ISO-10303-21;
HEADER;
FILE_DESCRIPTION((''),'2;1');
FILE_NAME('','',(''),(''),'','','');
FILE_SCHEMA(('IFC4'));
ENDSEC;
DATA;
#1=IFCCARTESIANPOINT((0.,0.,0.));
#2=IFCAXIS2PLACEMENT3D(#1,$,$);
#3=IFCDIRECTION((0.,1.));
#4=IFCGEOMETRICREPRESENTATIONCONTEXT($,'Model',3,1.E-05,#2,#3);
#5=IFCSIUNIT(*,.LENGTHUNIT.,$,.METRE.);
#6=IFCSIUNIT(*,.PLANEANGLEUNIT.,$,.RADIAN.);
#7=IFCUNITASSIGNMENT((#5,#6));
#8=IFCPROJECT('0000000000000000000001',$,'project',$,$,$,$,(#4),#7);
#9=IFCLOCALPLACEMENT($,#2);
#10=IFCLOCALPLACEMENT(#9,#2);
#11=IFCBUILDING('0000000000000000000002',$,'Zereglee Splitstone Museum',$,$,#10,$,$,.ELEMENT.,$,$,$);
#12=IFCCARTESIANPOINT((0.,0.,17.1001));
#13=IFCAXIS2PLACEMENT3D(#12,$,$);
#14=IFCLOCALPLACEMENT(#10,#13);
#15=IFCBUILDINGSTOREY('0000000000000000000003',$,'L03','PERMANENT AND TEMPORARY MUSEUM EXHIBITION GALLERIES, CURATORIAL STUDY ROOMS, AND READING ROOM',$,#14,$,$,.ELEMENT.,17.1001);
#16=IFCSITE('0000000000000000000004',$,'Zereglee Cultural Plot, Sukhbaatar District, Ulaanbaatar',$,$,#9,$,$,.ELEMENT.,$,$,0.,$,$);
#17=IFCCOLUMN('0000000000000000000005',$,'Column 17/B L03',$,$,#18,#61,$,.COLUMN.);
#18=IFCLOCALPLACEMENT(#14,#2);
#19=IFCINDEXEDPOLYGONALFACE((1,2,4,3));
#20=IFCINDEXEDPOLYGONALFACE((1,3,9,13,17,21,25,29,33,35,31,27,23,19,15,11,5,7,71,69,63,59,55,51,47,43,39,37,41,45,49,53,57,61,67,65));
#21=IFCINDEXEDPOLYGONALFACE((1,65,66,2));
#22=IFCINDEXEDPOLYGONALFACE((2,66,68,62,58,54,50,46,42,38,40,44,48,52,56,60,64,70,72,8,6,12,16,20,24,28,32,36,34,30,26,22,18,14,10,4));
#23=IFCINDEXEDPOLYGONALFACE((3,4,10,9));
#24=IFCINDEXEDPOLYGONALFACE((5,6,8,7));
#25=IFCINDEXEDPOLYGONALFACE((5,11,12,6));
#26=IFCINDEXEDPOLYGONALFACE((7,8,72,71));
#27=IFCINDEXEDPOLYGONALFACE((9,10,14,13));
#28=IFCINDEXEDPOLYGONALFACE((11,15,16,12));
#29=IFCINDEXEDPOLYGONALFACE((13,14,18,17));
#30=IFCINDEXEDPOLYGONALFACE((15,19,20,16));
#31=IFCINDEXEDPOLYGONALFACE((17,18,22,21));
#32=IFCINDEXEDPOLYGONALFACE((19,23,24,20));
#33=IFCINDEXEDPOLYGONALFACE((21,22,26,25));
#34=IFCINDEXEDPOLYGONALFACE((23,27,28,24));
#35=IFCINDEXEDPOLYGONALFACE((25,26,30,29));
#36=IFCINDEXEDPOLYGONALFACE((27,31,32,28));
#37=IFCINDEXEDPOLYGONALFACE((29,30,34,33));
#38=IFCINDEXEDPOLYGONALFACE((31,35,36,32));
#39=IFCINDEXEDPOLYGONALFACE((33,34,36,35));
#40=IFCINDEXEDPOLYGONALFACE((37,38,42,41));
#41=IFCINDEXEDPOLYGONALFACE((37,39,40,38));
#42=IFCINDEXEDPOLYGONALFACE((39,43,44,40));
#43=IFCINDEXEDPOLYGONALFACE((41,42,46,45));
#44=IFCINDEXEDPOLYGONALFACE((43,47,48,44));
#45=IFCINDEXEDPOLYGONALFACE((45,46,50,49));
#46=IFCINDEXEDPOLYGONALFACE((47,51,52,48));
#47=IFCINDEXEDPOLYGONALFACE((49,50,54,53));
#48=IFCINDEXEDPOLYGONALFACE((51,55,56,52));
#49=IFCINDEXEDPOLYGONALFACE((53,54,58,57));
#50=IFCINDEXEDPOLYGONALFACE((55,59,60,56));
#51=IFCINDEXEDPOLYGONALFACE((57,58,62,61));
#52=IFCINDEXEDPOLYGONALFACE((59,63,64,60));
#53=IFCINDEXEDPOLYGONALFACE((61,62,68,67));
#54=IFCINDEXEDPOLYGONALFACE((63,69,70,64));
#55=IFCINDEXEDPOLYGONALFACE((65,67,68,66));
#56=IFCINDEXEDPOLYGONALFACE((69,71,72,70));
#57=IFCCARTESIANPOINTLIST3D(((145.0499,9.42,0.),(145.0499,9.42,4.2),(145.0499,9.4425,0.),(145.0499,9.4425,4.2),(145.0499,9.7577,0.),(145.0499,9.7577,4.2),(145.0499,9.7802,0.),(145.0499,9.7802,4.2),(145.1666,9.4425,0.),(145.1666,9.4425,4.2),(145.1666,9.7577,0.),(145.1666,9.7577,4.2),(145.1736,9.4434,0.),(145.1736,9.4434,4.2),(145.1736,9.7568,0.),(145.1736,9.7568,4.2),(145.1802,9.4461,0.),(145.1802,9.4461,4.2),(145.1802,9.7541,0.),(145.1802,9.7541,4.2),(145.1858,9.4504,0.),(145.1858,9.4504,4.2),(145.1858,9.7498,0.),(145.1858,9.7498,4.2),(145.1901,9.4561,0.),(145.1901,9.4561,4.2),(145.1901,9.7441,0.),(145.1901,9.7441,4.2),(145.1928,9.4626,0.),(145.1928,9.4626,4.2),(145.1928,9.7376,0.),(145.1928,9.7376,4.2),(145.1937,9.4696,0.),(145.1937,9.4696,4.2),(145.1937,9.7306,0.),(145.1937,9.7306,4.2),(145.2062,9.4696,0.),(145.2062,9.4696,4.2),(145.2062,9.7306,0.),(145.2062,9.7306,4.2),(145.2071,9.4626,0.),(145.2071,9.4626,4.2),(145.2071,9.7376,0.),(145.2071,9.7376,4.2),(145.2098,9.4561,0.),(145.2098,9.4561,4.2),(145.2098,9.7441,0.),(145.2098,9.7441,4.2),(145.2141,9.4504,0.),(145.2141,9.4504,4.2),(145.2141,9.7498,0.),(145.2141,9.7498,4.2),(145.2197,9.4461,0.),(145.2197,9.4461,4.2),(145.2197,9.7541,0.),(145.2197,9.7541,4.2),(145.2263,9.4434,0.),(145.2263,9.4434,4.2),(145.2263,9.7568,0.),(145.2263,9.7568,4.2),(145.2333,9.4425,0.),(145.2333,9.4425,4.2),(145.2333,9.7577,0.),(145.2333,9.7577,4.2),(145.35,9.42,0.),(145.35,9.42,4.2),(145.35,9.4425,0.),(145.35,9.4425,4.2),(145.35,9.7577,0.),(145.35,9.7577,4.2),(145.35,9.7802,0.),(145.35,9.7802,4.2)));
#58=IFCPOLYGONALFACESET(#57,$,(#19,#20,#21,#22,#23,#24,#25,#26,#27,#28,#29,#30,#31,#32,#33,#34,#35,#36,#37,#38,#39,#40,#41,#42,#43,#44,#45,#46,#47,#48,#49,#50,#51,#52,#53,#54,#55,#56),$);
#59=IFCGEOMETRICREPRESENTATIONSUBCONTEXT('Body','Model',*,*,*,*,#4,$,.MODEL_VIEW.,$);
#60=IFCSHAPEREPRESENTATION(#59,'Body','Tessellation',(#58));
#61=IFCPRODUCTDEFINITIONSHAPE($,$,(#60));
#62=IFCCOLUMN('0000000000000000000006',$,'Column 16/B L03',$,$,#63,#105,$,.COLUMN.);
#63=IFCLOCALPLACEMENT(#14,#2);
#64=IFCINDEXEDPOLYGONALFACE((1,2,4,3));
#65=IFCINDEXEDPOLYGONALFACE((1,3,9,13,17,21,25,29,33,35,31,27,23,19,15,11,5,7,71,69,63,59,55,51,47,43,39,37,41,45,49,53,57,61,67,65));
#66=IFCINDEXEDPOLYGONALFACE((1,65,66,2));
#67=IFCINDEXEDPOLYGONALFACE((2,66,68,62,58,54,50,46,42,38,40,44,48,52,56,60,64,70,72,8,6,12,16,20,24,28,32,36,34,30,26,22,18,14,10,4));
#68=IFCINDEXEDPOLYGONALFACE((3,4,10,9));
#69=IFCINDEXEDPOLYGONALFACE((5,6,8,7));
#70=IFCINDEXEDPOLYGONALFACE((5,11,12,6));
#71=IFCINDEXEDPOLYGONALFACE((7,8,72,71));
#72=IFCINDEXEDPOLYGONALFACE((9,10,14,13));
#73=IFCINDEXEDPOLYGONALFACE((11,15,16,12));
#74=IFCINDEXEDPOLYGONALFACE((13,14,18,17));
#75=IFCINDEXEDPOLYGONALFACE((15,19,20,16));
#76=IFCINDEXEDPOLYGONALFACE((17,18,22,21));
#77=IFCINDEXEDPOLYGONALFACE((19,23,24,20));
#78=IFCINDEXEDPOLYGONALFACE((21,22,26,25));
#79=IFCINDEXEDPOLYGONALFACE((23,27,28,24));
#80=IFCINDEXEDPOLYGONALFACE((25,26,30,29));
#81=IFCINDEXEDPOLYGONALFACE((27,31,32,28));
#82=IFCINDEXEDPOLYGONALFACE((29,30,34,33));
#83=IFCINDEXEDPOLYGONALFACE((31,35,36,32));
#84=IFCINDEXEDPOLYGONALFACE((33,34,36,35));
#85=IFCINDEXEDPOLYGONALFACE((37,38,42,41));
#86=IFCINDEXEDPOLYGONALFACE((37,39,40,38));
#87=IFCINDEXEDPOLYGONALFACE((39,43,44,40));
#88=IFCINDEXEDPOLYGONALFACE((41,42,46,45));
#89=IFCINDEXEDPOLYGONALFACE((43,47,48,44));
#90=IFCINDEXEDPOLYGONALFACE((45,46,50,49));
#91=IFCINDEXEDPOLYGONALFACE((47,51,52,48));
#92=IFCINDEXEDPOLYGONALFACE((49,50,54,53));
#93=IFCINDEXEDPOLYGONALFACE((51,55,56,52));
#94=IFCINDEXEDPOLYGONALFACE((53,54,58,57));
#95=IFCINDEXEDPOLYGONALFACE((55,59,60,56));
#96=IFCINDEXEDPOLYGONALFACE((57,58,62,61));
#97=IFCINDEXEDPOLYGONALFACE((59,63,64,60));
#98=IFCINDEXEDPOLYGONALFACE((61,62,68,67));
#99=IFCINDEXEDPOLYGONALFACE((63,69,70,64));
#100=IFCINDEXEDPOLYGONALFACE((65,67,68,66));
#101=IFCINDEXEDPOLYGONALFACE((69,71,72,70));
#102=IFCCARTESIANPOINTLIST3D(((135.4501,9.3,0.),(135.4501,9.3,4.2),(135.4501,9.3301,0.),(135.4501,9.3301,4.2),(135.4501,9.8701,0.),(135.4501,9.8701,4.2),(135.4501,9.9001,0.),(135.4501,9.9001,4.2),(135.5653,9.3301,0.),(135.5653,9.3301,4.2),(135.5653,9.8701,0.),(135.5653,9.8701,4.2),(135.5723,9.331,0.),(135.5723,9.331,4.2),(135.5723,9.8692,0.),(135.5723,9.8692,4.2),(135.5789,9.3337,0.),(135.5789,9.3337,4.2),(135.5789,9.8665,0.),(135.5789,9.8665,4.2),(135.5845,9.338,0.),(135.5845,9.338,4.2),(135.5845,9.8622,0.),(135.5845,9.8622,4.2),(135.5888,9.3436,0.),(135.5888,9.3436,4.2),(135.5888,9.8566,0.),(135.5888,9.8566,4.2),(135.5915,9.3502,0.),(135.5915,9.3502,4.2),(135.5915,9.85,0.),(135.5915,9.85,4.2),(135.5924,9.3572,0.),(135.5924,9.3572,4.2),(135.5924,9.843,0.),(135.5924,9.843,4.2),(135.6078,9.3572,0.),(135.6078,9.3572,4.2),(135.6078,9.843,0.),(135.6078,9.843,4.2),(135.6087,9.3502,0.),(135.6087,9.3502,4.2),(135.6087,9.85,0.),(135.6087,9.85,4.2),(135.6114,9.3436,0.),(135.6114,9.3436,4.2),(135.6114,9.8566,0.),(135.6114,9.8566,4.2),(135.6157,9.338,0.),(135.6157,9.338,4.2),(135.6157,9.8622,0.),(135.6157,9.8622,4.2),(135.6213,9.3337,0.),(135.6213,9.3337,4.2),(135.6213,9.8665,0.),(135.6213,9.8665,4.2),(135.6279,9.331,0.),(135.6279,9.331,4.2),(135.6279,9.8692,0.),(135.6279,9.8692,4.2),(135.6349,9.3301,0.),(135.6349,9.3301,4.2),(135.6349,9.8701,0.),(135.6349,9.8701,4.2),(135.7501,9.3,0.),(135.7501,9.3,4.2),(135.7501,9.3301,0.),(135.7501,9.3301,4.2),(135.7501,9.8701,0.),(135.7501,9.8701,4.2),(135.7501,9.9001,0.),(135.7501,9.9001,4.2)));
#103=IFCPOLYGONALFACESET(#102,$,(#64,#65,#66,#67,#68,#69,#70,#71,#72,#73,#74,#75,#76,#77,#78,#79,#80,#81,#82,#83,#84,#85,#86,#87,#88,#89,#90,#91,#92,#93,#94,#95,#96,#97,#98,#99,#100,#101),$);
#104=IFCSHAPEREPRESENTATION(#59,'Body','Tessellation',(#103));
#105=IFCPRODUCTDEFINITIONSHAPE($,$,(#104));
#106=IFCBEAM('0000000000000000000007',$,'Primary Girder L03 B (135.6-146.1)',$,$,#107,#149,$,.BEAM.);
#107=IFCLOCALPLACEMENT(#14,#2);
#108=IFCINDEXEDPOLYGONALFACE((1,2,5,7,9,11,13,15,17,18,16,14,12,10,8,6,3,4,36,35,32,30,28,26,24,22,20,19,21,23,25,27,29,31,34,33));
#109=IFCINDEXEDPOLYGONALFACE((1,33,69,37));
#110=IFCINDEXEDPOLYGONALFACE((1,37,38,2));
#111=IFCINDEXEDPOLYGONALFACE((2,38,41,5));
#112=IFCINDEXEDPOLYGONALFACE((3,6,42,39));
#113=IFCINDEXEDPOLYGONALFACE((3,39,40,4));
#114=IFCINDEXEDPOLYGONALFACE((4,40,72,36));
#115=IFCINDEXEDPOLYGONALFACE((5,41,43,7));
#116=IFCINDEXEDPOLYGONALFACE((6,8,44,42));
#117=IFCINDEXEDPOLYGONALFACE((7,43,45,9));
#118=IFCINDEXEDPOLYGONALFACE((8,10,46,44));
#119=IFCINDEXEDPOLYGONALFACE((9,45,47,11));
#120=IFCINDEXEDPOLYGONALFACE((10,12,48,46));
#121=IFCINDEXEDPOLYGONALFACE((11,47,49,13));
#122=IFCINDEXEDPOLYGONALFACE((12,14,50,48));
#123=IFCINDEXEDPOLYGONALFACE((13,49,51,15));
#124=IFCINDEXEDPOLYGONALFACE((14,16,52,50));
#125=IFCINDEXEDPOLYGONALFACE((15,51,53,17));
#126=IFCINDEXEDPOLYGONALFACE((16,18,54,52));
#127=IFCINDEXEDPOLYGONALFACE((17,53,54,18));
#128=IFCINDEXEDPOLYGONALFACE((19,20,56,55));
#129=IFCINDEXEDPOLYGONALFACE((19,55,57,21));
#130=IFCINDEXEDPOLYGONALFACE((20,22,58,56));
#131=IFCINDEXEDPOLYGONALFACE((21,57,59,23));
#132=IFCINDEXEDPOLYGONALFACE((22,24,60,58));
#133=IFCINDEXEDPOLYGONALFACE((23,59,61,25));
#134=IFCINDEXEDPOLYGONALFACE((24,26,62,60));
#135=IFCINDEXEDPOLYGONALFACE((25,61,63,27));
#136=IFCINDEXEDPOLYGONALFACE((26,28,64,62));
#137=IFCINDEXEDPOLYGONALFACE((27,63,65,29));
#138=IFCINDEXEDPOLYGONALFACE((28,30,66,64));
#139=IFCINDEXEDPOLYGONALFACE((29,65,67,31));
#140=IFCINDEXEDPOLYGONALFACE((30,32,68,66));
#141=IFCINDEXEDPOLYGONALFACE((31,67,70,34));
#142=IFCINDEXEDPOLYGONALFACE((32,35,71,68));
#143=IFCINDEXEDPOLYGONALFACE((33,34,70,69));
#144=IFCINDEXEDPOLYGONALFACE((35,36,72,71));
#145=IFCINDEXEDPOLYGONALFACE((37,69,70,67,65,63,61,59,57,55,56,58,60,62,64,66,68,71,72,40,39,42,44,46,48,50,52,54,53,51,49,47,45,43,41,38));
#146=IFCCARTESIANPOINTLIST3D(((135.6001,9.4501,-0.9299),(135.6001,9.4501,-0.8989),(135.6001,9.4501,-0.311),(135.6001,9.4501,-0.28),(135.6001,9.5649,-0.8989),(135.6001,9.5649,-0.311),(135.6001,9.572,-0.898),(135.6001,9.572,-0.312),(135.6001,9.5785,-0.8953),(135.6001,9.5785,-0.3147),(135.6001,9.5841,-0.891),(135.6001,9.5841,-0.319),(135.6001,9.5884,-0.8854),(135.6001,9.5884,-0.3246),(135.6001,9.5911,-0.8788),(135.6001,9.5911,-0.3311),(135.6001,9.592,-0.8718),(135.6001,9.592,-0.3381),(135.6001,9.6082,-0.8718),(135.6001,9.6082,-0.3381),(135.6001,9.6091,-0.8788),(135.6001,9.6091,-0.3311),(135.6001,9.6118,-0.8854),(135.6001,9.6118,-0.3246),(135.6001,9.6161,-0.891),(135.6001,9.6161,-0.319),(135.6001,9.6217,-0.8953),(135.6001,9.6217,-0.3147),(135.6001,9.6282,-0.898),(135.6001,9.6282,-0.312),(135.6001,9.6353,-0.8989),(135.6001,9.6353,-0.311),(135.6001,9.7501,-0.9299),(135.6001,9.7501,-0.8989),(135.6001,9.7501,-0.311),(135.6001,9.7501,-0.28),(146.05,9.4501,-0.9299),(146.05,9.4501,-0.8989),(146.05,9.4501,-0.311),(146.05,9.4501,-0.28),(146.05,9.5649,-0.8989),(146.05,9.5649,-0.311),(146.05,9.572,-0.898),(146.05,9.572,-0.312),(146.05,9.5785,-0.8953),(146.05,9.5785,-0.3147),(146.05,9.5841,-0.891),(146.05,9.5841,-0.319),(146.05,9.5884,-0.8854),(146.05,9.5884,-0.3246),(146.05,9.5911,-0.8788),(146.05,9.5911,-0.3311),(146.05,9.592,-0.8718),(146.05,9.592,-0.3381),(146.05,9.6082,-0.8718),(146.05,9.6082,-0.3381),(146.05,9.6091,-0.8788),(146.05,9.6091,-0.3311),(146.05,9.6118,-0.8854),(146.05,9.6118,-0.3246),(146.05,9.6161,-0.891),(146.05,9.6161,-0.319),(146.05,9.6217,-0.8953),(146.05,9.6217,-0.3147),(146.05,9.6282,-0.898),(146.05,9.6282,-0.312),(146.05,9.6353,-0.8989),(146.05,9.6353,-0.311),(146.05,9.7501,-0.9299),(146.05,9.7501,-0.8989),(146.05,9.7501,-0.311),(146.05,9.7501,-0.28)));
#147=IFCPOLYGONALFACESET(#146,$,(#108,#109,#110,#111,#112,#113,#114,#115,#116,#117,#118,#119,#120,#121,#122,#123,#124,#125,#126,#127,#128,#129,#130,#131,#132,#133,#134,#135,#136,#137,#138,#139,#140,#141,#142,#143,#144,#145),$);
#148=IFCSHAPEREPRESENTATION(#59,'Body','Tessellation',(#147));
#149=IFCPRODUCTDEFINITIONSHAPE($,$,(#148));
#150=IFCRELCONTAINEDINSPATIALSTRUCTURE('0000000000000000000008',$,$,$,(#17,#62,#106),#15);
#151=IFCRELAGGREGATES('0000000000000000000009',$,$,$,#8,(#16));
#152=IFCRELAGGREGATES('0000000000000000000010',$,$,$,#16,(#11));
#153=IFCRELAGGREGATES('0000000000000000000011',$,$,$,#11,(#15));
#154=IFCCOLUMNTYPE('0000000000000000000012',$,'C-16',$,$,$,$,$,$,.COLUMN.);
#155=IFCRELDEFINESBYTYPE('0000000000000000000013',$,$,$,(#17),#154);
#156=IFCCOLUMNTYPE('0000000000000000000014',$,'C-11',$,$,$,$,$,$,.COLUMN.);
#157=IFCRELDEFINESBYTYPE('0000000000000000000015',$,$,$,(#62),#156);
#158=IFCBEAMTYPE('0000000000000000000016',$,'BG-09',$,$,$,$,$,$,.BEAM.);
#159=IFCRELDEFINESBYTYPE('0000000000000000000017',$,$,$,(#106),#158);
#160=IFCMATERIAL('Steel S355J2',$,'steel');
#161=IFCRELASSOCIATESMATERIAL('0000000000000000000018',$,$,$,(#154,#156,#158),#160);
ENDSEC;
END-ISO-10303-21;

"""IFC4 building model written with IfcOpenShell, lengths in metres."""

from ifc_helpers import new_model, si_unit, direction, frame, origin, origin_2d, place, context, subcontext, project, spatial, i_section, extrude, material, material_profile, profile_set, type_object, element, save


model = new_model("IFC4")

# Units and contexts
model_context = context("Model", 3, precision=1e-05, world=origin(), true_north=direction((0.0, 1.0)))
body_context = subcontext(model_context, "Body", "Model", "MODEL_VIEW")
ifc_project = project(units=[si_unit("LENGTHUNIT", "METRE"), si_unit("PLANEANGLEUNIT", "RADIAN")], contexts=[model_context])

# Site, building, storey
site_placement = place(None, origin())
site = spatial("IfcSite", under=ifc_project, at=site_placement, Name="Zereglee Cultural Plot, Sukhbaatar District, Ulaanbaatar", CompositionType="ELEMENT", RefElevation=0.0)
building_placement = place(site_placement, origin())
building = spatial("IfcBuilding", under=site, at=building_placement, Name="Zereglee Splitstone Museum", CompositionType="ELEMENT")
storey_placement = place(building_placement, frame((0.0, 0.0, 17.1001)))
storey = spatial("IfcBuildingStorey", under=building, at=storey_placement, Name="L03", Description="PERMANENT AND TEMPORARY MUSEUM EXHIBITION GALLERIES, CURATORIAL STUDY ROOMS, AND READING ROOM", CompositionType="ELEMENT", Elevation=17.1001)

# Columns
ifc_material_1 = material(Name="Steel S355J2", Category="steel")
ifc_material_profile_1 = material_profile(ifc_material_1, i_section(OverallWidth=0.3, OverallDepth=0.3601, WebThickness=0.0125, FlangeThickness=0.0225, FilletRadius=0.0271, at=origin_2d()), Name="HE 360 B")
ifc_profile_set_1 = profile_set([ifc_material_profile_1], Name="Steel S355J2")
column_type_1 = type_object("IfcColumnType", Name="C-16", PredefinedType="COLUMN", material=ifc_profile_set_1)
column_1_placement = place(storey_placement, frame((145.2, 9.6001, 0.0), z_axis=(0.0, 0.0, 1.0), x_axis=(1.0, 0.0, 0.0)))
element("IfcColumn", 1, at=column_1_placement, inside=storey, type_object=column_type_1, Name="Column 17/B L03", PredefinedType="COLUMN", context=body_context, shape_type="SweptSolid", body=[
    extrude(i_section(OverallWidth=0.3, OverallDepth=0.3601, WebThickness=0.0125, FlangeThickness=0.0225, FilletRadius=0.0271, at=origin_2d()), origin(), (0.0, 0.0, 1.0), 4.2),
])
ifc_material_profile_2 = material_profile(ifc_material_1, i_section(OverallWidth=0.3, OverallDepth=0.6001, WebThickness=0.0154, FlangeThickness=0.03, FilletRadius=0.0271, at=origin_2d()), Name="HE 600 B")
ifc_profile_set_2 = profile_set([ifc_material_profile_2], Name="Steel S355J2")
column_type_2 = type_object("IfcColumnType", Name="C-11", PredefinedType="COLUMN", material=ifc_profile_set_2)
column_2_placement = place(storey_placement, frame((135.6001, 9.6001, 0.0), z_axis=(0.0, 0.0, 1.0), x_axis=(1.0, 0.0, 0.0)))
element("IfcColumn", 2, at=column_2_placement, inside=storey, type_object=column_type_2, Name="Column 16/B L03", PredefinedType="COLUMN", context=body_context, shape_type="SweptSolid", body=[
    extrude(i_section(OverallWidth=0.3, OverallDepth=0.6001, WebThickness=0.0154, FlangeThickness=0.03, FilletRadius=0.0271, at=origin_2d()), origin(), (0.0, 0.0, 1.0), 4.2),
])

# Beam
ifc_material_profile_3 = material_profile(ifc_material_1, i_section(OverallWidth=0.3, OverallDepth=0.6499, WebThickness=0.0161, FlangeThickness=0.031, FilletRadius=0.0271, at=origin_2d()), Name="HE 650 B")
ifc_profile_set_3 = profile_set([ifc_material_profile_3], Name="Steel S355J2")
beam_type_1 = type_object("IfcBeamType", Name="BG-09", PredefinedType="BEAM", material=ifc_profile_set_3)
beam_1_placement = place(storey_placement, frame((135.6001, 9.6001, -0.605), z_axis=(1.0, 0.0, 0.0), x_axis=(0.0, 1.0, 0.0)))
element("IfcBeam", 3, at=beam_1_placement, inside=storey, type_object=beam_type_1, Name="Primary Girder L03 B (135.6-146.1)", PredefinedType="BEAM", context=body_context, shape_type="SweptSolid", body=[
    extrude(i_section(OverallWidth=0.3, OverallDepth=0.6499, WebThickness=0.0161, FlangeThickness=0.031, FilletRadius=0.0271, at=origin_2d()), origin(), (0.0, 0.0, 1.0), 10.45),
])

save(model, "model.ifc")
